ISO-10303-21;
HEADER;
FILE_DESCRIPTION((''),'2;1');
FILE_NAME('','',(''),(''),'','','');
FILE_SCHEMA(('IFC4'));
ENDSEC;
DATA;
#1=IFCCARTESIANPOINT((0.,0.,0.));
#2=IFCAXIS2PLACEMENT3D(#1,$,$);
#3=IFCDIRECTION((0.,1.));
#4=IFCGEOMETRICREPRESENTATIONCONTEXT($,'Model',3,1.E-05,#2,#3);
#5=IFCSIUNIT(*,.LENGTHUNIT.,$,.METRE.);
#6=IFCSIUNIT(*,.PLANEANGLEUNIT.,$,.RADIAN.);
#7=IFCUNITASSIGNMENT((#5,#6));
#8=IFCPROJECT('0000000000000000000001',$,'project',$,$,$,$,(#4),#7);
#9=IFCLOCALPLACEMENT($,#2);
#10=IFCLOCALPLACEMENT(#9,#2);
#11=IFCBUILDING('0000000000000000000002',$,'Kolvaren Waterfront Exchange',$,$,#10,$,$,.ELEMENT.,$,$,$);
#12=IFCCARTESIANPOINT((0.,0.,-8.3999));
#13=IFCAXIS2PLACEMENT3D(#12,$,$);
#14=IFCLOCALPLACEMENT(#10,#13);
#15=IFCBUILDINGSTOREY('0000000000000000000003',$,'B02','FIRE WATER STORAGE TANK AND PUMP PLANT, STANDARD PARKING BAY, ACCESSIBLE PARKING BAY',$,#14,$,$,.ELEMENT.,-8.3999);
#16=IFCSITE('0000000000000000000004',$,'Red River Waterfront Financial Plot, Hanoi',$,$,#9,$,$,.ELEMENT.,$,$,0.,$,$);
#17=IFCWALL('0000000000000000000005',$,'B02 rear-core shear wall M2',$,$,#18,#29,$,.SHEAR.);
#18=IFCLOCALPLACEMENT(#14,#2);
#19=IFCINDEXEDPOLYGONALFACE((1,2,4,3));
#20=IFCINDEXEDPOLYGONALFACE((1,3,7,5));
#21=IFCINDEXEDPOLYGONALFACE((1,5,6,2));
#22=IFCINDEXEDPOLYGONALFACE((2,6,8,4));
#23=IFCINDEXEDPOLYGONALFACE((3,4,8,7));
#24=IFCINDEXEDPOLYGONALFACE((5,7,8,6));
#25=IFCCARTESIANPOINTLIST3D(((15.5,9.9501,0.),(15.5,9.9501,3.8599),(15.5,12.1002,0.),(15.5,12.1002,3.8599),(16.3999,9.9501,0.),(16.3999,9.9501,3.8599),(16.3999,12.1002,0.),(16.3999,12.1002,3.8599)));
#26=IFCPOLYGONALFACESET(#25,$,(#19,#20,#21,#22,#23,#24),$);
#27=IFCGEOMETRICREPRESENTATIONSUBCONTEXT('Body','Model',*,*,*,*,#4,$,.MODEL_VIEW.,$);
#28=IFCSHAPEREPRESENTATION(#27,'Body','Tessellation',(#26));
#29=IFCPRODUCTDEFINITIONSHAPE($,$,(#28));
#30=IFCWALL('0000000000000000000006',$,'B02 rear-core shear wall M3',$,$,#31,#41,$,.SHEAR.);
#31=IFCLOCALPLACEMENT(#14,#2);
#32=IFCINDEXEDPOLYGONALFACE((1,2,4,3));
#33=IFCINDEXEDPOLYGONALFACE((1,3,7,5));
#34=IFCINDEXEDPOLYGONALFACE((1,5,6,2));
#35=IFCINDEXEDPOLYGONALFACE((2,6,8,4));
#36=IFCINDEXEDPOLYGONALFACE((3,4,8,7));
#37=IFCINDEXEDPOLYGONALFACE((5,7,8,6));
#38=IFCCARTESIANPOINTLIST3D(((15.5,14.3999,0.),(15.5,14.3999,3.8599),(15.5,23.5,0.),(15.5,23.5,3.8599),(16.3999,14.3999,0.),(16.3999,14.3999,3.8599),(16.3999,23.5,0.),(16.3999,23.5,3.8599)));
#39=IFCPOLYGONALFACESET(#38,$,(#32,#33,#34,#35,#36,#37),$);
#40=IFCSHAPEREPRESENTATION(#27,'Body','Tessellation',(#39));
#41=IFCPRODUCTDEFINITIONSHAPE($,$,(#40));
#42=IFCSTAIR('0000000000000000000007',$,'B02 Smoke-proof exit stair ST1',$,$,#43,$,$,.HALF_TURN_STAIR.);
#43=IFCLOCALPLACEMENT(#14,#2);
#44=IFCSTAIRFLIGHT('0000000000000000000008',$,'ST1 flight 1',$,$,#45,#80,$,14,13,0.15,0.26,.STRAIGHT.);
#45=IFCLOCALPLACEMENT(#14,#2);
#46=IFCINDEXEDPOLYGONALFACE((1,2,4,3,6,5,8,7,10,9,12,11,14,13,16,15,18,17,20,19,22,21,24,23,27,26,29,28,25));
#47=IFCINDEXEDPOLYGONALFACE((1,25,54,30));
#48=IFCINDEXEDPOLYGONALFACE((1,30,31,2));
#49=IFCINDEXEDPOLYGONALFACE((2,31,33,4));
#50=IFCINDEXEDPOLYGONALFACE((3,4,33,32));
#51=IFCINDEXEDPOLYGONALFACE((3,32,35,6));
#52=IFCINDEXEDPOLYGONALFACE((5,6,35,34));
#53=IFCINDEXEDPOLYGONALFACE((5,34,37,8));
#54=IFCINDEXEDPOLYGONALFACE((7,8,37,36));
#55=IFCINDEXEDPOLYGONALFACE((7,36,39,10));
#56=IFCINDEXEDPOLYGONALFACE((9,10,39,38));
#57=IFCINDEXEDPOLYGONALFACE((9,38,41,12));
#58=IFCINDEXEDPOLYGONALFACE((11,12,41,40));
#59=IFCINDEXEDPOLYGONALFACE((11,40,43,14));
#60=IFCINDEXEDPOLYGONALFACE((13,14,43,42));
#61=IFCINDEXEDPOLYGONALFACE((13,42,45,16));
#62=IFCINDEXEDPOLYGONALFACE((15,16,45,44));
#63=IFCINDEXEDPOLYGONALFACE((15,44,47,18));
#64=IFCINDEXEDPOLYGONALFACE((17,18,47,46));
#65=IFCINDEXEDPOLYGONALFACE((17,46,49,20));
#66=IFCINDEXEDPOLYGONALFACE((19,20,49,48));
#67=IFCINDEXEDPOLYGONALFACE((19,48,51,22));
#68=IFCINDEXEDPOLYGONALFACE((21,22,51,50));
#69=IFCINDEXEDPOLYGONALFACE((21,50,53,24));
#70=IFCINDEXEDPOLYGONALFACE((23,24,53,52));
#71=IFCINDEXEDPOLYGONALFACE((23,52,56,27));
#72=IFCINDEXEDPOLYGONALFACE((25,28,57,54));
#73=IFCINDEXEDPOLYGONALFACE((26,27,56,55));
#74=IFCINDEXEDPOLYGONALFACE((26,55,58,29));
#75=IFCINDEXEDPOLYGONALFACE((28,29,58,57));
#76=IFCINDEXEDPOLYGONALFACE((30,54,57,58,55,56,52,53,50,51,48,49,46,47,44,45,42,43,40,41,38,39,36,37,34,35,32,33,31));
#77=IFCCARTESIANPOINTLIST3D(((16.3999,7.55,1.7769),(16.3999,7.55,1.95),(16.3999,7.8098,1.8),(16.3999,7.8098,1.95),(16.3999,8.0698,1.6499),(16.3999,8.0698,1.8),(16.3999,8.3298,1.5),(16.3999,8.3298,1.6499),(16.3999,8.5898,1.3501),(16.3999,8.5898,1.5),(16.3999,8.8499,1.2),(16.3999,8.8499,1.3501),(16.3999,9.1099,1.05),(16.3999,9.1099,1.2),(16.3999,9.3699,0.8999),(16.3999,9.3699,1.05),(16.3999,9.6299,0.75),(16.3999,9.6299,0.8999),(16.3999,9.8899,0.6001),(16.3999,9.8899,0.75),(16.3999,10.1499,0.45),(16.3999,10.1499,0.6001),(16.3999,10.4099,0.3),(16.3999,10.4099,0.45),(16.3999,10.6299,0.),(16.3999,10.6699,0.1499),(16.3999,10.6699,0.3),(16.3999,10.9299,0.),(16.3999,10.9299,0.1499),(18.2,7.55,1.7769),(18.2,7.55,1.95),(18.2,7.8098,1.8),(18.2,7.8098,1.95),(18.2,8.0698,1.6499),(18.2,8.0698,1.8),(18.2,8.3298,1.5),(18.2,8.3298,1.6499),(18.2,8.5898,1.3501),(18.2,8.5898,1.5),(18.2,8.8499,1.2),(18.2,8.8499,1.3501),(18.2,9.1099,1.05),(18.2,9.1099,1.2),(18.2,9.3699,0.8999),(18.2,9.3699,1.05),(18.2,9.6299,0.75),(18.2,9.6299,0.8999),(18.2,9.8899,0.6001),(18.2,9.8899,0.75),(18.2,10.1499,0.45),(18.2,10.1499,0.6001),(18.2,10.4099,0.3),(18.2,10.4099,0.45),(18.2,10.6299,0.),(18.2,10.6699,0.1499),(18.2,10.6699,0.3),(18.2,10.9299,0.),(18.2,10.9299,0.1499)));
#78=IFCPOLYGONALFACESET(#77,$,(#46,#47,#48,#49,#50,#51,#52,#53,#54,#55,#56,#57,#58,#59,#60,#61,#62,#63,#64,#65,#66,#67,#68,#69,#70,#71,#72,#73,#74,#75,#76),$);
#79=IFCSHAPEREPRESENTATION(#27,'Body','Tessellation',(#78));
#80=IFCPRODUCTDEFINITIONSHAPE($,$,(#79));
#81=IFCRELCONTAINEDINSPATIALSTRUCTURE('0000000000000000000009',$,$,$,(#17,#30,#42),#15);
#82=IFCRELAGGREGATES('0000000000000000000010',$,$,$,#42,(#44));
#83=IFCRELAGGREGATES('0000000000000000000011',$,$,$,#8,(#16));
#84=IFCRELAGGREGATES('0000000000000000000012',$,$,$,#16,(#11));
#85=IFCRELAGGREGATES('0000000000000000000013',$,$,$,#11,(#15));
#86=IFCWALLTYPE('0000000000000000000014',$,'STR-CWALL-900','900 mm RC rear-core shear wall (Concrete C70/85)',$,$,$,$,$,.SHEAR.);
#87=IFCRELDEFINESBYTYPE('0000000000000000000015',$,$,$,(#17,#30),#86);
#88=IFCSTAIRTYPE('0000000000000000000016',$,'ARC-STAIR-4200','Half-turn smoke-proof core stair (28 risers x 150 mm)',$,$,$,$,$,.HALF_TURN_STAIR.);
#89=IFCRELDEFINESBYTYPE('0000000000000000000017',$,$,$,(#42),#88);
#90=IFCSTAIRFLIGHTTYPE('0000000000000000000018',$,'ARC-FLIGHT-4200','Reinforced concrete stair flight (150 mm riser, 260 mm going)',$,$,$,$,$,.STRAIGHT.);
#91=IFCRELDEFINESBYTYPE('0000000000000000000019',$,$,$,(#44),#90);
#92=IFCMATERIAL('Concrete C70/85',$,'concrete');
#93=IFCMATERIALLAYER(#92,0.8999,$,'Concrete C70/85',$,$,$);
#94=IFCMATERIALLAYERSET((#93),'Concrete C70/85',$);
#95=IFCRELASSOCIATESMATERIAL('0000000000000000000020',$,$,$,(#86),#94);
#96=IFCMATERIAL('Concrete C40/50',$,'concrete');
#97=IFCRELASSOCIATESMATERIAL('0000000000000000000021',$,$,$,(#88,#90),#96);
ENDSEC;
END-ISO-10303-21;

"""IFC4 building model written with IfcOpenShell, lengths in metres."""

from ifc_helpers import new_model, si_unit, direction, frame, frame_2d, origin, place, context, subcontext, project, spatial, polyline, rectangle, outline, extrude, material, layer, layer_set, type_object, element, aggregate, save


model = new_model("IFC4")

# Units and contexts
model_context = context("Model", 3, precision=1e-05, world=origin(), true_north=direction((0.0, 1.0)))
body_context = subcontext(model_context, "Body", "Model", "MODEL_VIEW")
ifc_project = project(units=[si_unit("LENGTHUNIT", "METRE"), si_unit("PLANEANGLEUNIT", "RADIAN")], contexts=[model_context])

# Site, building, storey
site_placement = place(None, origin())
site = spatial("IfcSite", under=ifc_project, at=site_placement, Name="Red River Waterfront Financial Plot, Hanoi", CompositionType="ELEMENT", RefElevation=0.0)
building_placement = place(site_placement, origin())
building = spatial("IfcBuilding", under=site, at=building_placement, Name="Kolvaren Waterfront Exchange", CompositionType="ELEMENT")
storey_placement = place(building_placement, frame((0.0, 0.0, -8.3999)))
storey = spatial("IfcBuildingStorey", under=building, at=storey_placement, Name="B02", Description="FIRE WATER STORAGE TANK AND PUMP PLANT, STANDARD PARKING BAY, ACCESSIBLE PARKING BAY", CompositionType="ELEMENT", Elevation=-8.3999)

# Shared definitions
ifc_material_1 = material(Name="Concrete C40/50", Category="concrete")

# Shared definitions
ifc_material_2 = material(Name="Concrete C70/85", Category="concrete")

# Walls
ifc_layer_1 = layer(ifc_material_2, 0.8999, Name="Concrete C70/85")
ifc_layer_set_1 = layer_set([ifc_layer_1], Name="Concrete C70/85")
wall_type_1 = type_object("IfcWallType", Name="STR-CWALL-900", Description="900 mm RC rear-core shear wall (Concrete C70/85)", PredefinedType="SHEAR", material=ifc_layer_set_1)
wall_1_placement = place(storey_placement, frame((15.95, 9.95, 0.0), z_axis=(0.0, 0.0, 1.0), x_axis=(0.0, 1.0, 0.0)))
element("IfcWall", 1, at=wall_1_placement, inside=storey, type_object=wall_type_1, Name="B02 rear-core shear wall M2", PredefinedType="SHEAR", context=body_context, shape_type="SweptSolid", body=[
    extrude(rectangle(XDim=2.1501, YDim=0.8999, at=frame_2d((1.0752, 0.0))), origin(), (0.0, 0.0, 1.0), 3.8599),
])
wall_2_placement = place(storey_placement, frame((15.95, 14.3999, 0.0), z_axis=(0.0, 0.0, 1.0), x_axis=(0.0, 1.0, 0.0)))
element("IfcWall", 2, at=wall_2_placement, inside=storey, type_object=wall_type_1, Name="B02 rear-core shear wall M3", PredefinedType="SHEAR", context=body_context, shape_type="SweptSolid", body=[
    extrude(rectangle(XDim=9.1001, YDim=0.8999, at=frame_2d((4.55, 0.0))), origin(), (0.0, 0.0, 1.0), 3.8599),
])

# Stair, stair flight
stair_type = type_object("IfcStairType", Name="ARC-STAIR-4200", Description="Half-turn smoke-proof core stair (28 risers x 150 mm)", PredefinedType="HALF_TURN_STAIR", material=ifc_material_1)
stair_placement = place(storey_placement, origin())
stair = element("IfcStair", 3, at=stair_placement, inside=storey, type_object=stair_type, Name="B02 Smoke-proof exit stair ST1", PredefinedType="HALF_TURN_STAIR")
stair_flight_type = type_object("IfcStairFlightType", Name="ARC-FLIGHT-4200", Description="Reinforced concrete stair flight (150 mm riser, 260 mm going)", PredefinedType="STRAIGHT", material=ifc_material_1)
stair_flight_placement = place(storey_placement, frame((17.3, 10.9299, 0.0), z_axis=(0.0, 0.0, 1.0), x_axis=(0.0, -1.0, 0.0)))
stair_flight = element("IfcStairFlight", 4, at=stair_flight_placement, type_object=stair_flight_type, Name="ST1 flight 1", NumberOfRisers=14, NumberOfTreads=13, PredefinedType="STRAIGHT", RiserHeight=0.15, TreadLength=0.26, context=body_context, shape_type="SweptSolid", body=[
    extrude(outline(polyline([(0.0, 0.0), (0.0, 0.1499), (0.26, 0.1499), (0.26, 0.3), (0.52, 0.3), (0.52, 0.45), (0.78, 0.45), (0.78, 0.6001), (1.04, 0.6001), (1.04, 0.75), (1.3, 0.75), (1.3, 0.8999), (1.5601, 0.8999), (1.5601, 1.05), (1.8201, 1.05), (1.8201, 1.2), (2.0801, 1.2), (2.0801, 1.3501), (2.3401, 1.3501), (2.3401, 1.5), (2.6001, 1.5), (2.6001, 1.6499), (2.8601, 1.6499), (2.8601, 1.8), (3.1201, 1.8), (3.1201, 1.95), (3.3799, 1.95), (3.3799, 2.1001), (3.3799, 1.7769), (0.3, 0.0), (0.0, 0.0)])), frame((0.0, 0.8999, 0.0), z_axis=(0.0, -1.0, 0.0), x_axis=(1.0, 0.0, 0.0)), (0.0, 0.0, 1.0), 1.8),
])
aggregate(stair, [stair_flight])

save(model, "model.ifc")
